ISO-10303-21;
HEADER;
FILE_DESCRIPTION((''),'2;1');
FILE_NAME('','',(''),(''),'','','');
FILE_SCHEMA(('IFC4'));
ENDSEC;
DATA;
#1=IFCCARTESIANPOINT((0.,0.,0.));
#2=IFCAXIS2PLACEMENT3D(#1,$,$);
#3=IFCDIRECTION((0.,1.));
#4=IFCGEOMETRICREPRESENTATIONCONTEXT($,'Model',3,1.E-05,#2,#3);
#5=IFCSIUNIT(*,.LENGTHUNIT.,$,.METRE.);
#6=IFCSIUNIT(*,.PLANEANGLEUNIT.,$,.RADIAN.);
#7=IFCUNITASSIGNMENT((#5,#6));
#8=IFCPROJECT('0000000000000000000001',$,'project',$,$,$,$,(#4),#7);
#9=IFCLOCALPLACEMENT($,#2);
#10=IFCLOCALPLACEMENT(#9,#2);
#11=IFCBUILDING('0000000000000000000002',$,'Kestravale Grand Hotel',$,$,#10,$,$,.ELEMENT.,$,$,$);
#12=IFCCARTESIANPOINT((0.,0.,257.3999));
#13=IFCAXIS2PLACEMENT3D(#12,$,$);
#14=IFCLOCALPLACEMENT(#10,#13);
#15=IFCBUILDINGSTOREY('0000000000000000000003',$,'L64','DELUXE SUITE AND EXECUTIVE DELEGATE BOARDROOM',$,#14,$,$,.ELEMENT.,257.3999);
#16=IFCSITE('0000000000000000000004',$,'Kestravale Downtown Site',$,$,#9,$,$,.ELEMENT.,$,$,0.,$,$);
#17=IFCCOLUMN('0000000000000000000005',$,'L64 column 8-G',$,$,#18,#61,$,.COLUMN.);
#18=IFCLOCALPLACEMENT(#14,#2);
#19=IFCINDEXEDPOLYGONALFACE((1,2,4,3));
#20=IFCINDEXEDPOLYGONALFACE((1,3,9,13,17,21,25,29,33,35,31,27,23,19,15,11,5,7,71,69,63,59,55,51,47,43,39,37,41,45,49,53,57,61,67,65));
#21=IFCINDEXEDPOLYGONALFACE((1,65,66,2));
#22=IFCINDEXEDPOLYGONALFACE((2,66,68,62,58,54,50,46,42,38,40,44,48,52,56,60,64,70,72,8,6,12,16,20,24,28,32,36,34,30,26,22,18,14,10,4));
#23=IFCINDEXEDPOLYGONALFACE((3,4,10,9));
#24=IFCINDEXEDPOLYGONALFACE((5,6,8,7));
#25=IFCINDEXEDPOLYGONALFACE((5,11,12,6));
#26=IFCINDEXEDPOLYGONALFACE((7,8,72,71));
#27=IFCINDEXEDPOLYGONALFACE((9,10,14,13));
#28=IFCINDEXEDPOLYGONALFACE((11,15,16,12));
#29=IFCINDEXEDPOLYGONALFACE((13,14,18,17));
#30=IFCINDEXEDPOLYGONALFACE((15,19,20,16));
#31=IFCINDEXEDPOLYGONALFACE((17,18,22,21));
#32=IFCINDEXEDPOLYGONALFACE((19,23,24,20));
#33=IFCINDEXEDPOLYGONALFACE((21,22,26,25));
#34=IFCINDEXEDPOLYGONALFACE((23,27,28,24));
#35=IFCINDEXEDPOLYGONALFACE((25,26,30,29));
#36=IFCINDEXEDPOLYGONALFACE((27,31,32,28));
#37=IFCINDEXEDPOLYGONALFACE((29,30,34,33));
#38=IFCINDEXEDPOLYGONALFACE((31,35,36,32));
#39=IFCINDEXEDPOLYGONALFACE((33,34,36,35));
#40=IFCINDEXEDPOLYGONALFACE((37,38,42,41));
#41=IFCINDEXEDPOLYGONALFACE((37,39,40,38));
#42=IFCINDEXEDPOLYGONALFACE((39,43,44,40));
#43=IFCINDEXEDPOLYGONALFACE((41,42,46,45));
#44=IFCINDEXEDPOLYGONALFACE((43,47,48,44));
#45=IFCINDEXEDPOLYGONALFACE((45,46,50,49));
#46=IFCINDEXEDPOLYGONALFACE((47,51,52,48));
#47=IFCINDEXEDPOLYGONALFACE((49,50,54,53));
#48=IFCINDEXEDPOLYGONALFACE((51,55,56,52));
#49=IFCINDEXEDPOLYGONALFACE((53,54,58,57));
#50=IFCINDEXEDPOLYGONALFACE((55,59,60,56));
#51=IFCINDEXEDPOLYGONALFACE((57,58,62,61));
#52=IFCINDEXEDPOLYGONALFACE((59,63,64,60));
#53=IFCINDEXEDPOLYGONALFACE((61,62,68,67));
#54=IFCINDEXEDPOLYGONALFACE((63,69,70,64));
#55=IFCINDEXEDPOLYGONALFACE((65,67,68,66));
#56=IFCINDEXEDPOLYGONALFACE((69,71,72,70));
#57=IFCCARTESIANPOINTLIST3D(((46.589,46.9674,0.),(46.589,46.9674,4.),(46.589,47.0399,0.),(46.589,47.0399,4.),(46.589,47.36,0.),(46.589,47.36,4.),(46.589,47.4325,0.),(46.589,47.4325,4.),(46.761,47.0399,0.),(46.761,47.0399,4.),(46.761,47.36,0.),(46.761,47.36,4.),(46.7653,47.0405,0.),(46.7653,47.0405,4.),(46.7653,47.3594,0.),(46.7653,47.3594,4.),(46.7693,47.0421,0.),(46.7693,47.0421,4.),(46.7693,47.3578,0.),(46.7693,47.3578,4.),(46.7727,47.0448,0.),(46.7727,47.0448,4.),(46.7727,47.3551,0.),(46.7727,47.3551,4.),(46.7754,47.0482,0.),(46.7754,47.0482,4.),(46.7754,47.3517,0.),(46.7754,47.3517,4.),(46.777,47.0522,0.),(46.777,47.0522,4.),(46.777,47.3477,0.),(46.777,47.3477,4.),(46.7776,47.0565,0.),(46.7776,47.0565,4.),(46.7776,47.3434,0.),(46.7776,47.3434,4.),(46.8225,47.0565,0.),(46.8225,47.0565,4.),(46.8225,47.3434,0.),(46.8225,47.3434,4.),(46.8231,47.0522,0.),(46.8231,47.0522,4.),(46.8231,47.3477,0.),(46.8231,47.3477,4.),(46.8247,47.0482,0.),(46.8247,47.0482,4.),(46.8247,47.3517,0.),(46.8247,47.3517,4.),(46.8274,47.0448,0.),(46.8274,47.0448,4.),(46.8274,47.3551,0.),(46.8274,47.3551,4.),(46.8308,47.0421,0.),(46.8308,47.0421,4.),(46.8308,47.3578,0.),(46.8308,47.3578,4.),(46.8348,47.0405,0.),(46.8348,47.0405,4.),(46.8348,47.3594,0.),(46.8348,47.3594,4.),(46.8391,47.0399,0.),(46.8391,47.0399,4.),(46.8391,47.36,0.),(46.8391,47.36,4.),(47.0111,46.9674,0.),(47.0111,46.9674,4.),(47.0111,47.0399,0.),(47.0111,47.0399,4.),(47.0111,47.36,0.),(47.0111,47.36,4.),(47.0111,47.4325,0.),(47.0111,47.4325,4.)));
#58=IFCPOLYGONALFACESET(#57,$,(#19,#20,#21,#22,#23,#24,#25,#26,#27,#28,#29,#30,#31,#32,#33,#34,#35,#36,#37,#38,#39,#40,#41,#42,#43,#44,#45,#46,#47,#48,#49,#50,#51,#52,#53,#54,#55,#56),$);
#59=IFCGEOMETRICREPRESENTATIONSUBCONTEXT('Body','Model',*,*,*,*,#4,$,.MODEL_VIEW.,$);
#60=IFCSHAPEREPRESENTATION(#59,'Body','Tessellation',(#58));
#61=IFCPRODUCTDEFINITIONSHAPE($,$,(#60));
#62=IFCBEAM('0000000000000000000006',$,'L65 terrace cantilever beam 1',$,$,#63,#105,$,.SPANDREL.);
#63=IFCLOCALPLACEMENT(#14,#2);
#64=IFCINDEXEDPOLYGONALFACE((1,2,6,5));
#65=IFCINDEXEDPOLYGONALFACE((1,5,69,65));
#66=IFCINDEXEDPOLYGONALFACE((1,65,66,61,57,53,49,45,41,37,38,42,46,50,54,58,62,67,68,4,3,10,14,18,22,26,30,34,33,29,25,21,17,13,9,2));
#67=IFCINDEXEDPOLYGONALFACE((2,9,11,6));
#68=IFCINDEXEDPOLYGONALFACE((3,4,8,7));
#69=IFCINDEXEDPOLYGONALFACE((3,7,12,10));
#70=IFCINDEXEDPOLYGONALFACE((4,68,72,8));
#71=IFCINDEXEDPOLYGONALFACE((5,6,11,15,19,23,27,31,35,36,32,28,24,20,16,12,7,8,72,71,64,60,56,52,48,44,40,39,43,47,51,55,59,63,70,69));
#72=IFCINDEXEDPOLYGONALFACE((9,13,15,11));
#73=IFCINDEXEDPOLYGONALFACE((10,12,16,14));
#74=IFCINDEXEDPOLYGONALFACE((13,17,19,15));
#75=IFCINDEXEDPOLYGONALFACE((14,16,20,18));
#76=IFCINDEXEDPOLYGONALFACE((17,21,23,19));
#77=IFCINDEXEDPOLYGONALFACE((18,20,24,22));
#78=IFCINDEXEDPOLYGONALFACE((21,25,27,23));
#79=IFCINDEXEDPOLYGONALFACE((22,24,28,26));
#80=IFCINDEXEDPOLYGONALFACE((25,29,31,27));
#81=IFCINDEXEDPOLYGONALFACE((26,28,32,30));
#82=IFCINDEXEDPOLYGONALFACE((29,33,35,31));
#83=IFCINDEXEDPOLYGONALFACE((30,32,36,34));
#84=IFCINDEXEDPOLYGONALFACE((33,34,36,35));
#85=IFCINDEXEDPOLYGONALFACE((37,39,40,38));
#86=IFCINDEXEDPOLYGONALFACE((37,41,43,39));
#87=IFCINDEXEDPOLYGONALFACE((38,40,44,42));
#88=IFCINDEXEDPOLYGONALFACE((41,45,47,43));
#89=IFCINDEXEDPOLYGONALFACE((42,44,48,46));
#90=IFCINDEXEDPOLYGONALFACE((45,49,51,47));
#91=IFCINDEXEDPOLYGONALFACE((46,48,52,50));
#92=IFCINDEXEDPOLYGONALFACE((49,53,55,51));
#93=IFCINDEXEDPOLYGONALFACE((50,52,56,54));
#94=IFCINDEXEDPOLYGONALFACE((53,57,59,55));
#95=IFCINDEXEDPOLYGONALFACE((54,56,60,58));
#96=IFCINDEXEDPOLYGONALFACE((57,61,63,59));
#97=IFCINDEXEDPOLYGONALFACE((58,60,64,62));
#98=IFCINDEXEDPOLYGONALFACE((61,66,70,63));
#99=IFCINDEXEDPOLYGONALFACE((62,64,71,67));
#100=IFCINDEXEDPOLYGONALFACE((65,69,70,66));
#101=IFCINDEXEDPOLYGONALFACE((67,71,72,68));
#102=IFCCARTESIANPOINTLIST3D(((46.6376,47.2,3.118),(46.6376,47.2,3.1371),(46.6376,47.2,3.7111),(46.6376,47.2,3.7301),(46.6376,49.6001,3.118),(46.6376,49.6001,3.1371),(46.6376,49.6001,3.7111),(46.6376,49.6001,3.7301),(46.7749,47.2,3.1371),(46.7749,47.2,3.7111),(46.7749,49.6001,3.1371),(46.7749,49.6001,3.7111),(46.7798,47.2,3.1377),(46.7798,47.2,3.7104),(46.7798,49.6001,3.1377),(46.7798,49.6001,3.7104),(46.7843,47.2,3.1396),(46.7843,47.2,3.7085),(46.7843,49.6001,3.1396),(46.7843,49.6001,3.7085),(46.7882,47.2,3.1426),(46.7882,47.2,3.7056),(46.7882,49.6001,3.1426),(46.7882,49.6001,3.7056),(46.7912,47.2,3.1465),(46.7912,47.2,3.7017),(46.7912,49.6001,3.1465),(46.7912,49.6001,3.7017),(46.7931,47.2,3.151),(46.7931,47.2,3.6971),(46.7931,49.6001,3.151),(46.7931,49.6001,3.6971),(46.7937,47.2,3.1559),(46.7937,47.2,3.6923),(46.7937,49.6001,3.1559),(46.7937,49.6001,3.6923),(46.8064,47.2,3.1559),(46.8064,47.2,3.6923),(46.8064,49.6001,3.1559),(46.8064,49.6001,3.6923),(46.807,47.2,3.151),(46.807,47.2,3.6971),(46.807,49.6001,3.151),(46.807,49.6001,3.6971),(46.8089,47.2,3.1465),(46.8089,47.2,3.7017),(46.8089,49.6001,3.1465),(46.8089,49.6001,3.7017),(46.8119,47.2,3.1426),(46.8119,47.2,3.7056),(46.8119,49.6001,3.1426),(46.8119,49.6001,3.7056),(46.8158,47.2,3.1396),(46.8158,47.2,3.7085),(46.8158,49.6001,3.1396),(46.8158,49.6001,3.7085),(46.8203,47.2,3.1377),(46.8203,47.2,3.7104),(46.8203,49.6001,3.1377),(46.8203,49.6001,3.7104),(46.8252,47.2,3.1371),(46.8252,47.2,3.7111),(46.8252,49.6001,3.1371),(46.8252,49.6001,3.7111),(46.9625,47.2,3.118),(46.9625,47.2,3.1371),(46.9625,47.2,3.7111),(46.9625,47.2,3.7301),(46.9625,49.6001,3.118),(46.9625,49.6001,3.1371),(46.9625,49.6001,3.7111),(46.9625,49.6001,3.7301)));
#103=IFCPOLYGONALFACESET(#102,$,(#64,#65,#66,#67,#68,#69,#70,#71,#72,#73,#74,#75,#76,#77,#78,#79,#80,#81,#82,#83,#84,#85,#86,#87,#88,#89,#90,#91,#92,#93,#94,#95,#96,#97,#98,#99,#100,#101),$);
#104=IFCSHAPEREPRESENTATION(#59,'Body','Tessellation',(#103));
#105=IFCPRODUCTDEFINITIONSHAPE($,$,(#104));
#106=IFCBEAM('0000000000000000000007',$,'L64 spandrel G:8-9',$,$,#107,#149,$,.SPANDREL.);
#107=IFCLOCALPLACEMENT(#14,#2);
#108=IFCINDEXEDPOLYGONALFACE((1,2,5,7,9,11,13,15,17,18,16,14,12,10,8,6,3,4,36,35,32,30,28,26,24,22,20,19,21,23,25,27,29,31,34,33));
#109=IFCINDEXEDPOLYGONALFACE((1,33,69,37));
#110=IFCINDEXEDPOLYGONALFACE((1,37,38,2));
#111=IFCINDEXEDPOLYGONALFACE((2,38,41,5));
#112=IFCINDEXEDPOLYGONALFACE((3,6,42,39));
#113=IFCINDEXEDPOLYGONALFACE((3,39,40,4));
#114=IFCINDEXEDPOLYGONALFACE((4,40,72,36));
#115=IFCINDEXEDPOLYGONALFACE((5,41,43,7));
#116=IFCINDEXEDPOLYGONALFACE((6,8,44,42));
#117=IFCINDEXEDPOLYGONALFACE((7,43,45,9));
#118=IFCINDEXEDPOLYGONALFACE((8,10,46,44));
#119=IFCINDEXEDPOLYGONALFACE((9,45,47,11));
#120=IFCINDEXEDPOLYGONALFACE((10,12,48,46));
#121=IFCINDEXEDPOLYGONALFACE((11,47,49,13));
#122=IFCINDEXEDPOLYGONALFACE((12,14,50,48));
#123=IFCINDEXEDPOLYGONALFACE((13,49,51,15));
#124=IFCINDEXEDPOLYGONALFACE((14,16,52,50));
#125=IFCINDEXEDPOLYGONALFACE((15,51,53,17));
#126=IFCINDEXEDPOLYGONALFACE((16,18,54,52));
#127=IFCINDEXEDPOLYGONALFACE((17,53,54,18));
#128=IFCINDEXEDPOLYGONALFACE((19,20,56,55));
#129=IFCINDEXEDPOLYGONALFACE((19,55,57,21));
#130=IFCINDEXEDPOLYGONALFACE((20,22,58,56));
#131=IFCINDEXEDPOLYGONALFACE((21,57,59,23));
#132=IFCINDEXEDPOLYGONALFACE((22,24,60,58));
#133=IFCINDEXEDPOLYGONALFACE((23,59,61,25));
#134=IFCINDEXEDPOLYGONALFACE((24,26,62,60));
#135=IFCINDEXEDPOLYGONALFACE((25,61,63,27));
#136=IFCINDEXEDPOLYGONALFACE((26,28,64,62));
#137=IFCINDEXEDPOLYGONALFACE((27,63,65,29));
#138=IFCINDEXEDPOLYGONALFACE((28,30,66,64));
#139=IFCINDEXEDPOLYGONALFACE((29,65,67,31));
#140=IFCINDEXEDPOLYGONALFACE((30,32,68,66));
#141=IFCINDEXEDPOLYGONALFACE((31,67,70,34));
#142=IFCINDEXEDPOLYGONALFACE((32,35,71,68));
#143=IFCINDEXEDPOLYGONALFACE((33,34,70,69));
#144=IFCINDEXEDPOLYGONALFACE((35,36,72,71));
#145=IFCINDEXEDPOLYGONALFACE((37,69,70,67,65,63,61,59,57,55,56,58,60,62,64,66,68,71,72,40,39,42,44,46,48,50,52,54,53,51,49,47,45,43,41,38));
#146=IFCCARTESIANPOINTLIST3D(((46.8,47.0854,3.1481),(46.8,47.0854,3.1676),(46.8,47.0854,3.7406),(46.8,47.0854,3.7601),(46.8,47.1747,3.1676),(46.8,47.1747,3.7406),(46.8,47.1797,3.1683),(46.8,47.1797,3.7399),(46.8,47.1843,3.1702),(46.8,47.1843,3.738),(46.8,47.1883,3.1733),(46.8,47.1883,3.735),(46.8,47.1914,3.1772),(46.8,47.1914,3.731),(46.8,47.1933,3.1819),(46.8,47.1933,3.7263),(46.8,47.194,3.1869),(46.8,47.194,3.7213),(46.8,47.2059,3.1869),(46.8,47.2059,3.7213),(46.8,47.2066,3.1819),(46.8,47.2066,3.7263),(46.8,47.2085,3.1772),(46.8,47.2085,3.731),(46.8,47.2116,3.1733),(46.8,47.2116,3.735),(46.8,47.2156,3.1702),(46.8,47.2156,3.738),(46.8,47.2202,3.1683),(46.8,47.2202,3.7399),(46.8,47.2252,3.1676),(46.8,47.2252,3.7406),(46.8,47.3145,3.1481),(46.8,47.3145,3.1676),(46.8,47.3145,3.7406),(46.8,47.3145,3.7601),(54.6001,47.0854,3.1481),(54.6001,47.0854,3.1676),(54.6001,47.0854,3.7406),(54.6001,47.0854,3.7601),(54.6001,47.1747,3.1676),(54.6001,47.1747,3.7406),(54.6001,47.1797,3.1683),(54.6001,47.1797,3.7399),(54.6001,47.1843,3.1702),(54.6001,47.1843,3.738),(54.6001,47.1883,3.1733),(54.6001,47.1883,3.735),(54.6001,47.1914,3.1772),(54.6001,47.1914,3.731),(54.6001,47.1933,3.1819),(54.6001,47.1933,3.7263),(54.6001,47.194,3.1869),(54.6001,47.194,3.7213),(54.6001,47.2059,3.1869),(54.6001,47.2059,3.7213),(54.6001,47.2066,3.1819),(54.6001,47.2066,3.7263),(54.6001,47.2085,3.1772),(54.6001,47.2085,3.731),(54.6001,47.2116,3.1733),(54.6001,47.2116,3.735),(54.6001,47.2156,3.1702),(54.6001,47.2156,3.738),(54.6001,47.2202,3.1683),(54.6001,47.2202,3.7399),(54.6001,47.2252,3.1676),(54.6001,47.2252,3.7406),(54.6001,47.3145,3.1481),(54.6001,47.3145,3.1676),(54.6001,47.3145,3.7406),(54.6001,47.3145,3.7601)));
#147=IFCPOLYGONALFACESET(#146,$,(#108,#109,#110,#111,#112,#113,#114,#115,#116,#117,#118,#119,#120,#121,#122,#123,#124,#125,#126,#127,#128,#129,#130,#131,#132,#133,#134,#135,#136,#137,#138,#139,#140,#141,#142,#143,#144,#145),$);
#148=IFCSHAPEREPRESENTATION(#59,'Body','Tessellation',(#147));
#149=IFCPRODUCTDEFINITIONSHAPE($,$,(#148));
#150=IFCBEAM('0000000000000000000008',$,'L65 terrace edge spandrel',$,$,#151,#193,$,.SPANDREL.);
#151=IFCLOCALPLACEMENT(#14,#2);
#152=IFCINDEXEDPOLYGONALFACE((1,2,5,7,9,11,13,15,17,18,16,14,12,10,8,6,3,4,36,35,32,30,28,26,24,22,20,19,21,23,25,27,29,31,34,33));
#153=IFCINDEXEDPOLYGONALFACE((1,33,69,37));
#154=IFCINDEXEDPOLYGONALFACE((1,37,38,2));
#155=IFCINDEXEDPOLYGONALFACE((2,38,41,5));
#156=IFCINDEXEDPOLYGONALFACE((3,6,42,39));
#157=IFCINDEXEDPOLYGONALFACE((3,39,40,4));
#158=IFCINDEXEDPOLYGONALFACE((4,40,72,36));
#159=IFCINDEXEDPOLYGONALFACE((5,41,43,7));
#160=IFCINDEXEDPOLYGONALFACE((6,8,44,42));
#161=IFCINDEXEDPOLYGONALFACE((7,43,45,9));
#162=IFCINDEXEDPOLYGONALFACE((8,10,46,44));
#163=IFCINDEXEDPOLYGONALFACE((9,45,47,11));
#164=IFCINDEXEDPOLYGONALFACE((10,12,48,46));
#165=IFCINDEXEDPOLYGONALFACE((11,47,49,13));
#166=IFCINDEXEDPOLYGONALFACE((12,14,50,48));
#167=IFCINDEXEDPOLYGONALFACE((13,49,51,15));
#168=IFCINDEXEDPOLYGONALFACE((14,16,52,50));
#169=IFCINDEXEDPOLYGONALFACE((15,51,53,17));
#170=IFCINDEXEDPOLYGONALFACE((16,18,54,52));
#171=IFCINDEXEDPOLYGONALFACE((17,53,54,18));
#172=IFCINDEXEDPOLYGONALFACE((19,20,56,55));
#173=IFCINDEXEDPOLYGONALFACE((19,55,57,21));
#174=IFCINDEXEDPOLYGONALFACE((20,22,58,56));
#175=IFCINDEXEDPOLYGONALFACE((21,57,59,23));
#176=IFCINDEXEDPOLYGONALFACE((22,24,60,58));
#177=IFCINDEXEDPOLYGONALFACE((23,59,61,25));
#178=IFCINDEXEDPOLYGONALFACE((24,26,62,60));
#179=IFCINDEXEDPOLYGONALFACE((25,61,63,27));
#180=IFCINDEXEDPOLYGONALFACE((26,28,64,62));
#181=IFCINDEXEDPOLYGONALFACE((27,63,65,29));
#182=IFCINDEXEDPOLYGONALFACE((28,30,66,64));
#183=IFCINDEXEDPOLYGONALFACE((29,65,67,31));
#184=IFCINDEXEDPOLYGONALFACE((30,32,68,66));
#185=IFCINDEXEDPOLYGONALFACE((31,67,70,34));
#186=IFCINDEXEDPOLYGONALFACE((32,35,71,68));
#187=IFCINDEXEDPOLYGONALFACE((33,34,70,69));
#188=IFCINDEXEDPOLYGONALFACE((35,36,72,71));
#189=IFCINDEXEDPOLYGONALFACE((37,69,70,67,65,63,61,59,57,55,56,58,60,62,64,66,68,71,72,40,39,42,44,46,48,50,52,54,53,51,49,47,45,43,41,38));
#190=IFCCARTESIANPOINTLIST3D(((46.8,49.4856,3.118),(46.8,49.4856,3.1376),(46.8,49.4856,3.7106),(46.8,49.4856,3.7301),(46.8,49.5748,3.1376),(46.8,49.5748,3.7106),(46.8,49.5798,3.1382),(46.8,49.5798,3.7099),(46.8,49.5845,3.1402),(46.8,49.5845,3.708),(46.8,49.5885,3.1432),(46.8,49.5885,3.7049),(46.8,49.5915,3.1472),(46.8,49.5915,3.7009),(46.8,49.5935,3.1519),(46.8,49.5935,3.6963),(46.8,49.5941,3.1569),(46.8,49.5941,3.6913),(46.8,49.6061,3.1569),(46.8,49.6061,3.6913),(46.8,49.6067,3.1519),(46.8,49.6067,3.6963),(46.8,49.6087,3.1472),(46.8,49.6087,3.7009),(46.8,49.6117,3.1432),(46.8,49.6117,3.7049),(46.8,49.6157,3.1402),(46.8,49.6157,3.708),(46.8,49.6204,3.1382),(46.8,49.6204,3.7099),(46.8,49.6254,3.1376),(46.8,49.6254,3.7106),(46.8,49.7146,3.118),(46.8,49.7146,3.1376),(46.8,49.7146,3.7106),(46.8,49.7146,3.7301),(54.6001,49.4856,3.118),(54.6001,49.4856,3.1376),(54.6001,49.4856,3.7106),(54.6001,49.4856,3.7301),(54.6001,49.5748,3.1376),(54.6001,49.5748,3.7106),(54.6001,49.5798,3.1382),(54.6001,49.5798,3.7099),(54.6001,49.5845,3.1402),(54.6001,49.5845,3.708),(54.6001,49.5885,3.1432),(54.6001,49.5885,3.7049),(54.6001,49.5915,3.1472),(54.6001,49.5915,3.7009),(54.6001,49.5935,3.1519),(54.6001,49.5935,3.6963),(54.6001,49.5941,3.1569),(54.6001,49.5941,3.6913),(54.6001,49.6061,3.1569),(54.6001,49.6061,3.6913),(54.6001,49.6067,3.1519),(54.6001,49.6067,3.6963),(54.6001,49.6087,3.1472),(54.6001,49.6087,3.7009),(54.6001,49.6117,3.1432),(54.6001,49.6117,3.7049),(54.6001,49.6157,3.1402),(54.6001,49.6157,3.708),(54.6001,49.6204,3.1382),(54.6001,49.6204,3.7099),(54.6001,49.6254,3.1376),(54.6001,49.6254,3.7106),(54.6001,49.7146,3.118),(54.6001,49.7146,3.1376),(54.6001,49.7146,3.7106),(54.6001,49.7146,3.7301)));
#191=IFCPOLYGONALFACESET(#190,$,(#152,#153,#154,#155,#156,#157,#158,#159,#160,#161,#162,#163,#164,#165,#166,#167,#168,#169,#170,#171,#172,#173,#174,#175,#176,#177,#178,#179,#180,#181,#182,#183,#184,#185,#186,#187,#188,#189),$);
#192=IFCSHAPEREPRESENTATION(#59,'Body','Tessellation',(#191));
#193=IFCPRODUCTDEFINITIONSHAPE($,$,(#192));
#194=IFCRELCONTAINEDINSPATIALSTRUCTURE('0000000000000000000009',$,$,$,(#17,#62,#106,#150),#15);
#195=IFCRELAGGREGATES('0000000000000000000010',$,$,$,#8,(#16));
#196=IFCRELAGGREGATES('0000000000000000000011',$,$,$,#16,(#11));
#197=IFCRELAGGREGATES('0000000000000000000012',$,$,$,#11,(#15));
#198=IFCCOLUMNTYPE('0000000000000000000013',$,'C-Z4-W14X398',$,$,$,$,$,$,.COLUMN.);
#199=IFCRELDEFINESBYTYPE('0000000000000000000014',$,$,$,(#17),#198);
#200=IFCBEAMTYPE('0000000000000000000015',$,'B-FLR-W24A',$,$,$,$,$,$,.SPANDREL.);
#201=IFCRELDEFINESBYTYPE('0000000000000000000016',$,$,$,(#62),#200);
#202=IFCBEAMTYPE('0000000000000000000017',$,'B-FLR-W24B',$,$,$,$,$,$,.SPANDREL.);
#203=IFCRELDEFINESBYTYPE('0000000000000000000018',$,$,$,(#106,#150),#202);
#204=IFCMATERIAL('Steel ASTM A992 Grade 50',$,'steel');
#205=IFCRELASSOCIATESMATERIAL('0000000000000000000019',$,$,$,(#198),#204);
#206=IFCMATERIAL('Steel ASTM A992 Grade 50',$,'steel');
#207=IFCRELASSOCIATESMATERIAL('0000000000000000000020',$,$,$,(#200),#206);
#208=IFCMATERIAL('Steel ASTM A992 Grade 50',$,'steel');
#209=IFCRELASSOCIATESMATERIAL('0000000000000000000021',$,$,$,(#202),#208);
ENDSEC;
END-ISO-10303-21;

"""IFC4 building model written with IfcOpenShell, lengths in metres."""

from ifc_helpers import new_model, si_unit, direction, frame, origin, origin_2d, place, context, subcontext, project, spatial, i_section, extrude, material, material_profile, profile_set, type_object, element, save


model = new_model("IFC4")

# Units and contexts
model_context = context("Model", 3, precision=1e-05, world=origin(), true_north=direction((0.0, 1.0)))
body_context = subcontext(model_context, "Body", "Model", "MODEL_VIEW")
ifc_project = project(units=[si_unit("LENGTHUNIT", "METRE"), si_unit("PLANEANGLEUNIT", "RADIAN")], contexts=[model_context])

# Site, building, storey
site_placement = place(None, origin())
site = spatial("IfcSite", under=ifc_project, at=site_placement, Name="Kestravale Downtown Site", CompositionType="ELEMENT", RefElevation=0.0)
building_placement = place(site_placement, origin())
building = spatial("IfcBuilding", under=site, at=building_placement, Name="Kestravale Grand Hotel", CompositionType="ELEMENT")
storey_placement = place(building_placement, frame((0.0, 0.0, 257.3999)))
storey = spatial("IfcBuildingStorey", under=building, at=storey_placement, Name="L64", Description="DELUXE SUITE AND EXECUTIVE DELEGATE BOARDROOM", CompositionType="ELEMENT", Elevation=257.3999)

# Column
ifc_material_1 = material(Name="Steel ASTM A992 Grade 50", Category="steel")
ifc_material_profile_1 = material_profile(ifc_material_1, i_section(OverallWidth=0.4221, OverallDepth=0.4651, WebThickness=0.0449, FlangeThickness=0.0725, FilletRadius=0.0166, at=origin_2d()))
ifc_profile_set_1 = profile_set([ifc_material_profile_1], Name="Steel ASTM A992 Grade 50")
column_type = type_object("IfcColumnType", Name="C-Z4-W14X398", PredefinedType="COLUMN", material=ifc_profile_set_1)
column_placement = place(storey_placement, frame((46.8, 47.2, 0.0), z_axis=(0.0, 0.0, 1.0), x_axis=(1.0, 0.0, 0.0)))
element("IfcColumn", 1, at=column_placement, inside=storey, type_object=column_type, Name="L64 column 8-G", PredefinedType="COLUMN", context=body_context, shape_type="SweptSolid", body=[
    extrude(i_section(OverallWidth=0.4221, OverallDepth=0.4651, WebThickness=0.0449, FlangeThickness=0.0725, FilletRadius=0.0166, at=origin_2d()), origin(), (0.0, 0.0, 1.0), 4.0),
])

# Beams
ifc_material_2 = material(Name="Steel ASTM A992 Grade 50", Category="steel")
ifc_material_profile_2 = material_profile(ifc_material_2, i_section(OverallWidth=0.325, OverallDepth=0.6121, WebThickness=0.0127, FlangeThickness=0.019, FilletRadius=0.0188, at=origin_2d()))
ifc_profile_set_2 = profile_set([ifc_material_profile_2], Name="Steel ASTM A992 Grade 50")
beam_type_1 = type_object("IfcBeamType", Name="B-FLR-W24A", PredefinedType="SPANDREL", material=ifc_profile_set_2)
beam_1_placement = place(storey_placement, frame((46.8, 47.2, 3.4241), z_axis=(0.0, 1.0, 0.0), x_axis=(-1.0, 0.0, 0.0)))
element("IfcBeam", 2, at=beam_1_placement, inside=storey, type_object=beam_type_1, Name="L65 terrace cantilever beam 1", PredefinedType="SPANDREL", context=body_context, shape_type="SweptSolid", body=[
    extrude(i_section(OverallWidth=0.325, OverallDepth=0.6121, WebThickness=0.0127, FlangeThickness=0.019, FilletRadius=0.0188, at=origin_2d()), origin(), (0.0, 0.0, 1.0), 2.4001),
])
ifc_material_3 = material(Name="Steel ASTM A992 Grade 50", Category="steel")
ifc_material_profile_3 = material_profile(ifc_material_3, i_section(OverallWidth=0.229, OverallDepth=0.6121, WebThickness=0.012, FlangeThickness=0.0195, FilletRadius=0.0193, at=origin_2d()))
ifc_profile_set_3 = profile_set([ifc_material_profile_3], Name="Steel ASTM A992 Grade 50")
beam_type_2 = type_object("IfcBeamType", Name="B-FLR-W24B", PredefinedType="SPANDREL", material=ifc_profile_set_3)
for number, where, z_axis, x_axis, name in (
    (3, (46.8, 47.2, 3.4541), (1.0, 0.0, 0.0), (0.0, 1.0, 0.0), "L64 spandrel G:8-9"),
    (4, (46.8, 49.6001, 3.4241), (1.0, 0.0, 0.0), (0.0, 1.0, 0.0), "L65 terrace edge spandrel"),
):
    element("IfcBeam", number, at=place(storey_placement, frame(where, z_axis=z_axis, x_axis=x_axis)), inside=storey, type_object=beam_type_2, Name=name, PredefinedType="SPANDREL", context=body_context, shape_type="SweptSolid", body=[
        extrude(i_section(OverallWidth=0.229, OverallDepth=0.6121, WebThickness=0.012, FlangeThickness=0.0195, FilletRadius=0.0193, at=origin_2d()), origin(), (0.0, 0.0, 1.0), 7.8),
    ])

save(model, "model.ifc")
